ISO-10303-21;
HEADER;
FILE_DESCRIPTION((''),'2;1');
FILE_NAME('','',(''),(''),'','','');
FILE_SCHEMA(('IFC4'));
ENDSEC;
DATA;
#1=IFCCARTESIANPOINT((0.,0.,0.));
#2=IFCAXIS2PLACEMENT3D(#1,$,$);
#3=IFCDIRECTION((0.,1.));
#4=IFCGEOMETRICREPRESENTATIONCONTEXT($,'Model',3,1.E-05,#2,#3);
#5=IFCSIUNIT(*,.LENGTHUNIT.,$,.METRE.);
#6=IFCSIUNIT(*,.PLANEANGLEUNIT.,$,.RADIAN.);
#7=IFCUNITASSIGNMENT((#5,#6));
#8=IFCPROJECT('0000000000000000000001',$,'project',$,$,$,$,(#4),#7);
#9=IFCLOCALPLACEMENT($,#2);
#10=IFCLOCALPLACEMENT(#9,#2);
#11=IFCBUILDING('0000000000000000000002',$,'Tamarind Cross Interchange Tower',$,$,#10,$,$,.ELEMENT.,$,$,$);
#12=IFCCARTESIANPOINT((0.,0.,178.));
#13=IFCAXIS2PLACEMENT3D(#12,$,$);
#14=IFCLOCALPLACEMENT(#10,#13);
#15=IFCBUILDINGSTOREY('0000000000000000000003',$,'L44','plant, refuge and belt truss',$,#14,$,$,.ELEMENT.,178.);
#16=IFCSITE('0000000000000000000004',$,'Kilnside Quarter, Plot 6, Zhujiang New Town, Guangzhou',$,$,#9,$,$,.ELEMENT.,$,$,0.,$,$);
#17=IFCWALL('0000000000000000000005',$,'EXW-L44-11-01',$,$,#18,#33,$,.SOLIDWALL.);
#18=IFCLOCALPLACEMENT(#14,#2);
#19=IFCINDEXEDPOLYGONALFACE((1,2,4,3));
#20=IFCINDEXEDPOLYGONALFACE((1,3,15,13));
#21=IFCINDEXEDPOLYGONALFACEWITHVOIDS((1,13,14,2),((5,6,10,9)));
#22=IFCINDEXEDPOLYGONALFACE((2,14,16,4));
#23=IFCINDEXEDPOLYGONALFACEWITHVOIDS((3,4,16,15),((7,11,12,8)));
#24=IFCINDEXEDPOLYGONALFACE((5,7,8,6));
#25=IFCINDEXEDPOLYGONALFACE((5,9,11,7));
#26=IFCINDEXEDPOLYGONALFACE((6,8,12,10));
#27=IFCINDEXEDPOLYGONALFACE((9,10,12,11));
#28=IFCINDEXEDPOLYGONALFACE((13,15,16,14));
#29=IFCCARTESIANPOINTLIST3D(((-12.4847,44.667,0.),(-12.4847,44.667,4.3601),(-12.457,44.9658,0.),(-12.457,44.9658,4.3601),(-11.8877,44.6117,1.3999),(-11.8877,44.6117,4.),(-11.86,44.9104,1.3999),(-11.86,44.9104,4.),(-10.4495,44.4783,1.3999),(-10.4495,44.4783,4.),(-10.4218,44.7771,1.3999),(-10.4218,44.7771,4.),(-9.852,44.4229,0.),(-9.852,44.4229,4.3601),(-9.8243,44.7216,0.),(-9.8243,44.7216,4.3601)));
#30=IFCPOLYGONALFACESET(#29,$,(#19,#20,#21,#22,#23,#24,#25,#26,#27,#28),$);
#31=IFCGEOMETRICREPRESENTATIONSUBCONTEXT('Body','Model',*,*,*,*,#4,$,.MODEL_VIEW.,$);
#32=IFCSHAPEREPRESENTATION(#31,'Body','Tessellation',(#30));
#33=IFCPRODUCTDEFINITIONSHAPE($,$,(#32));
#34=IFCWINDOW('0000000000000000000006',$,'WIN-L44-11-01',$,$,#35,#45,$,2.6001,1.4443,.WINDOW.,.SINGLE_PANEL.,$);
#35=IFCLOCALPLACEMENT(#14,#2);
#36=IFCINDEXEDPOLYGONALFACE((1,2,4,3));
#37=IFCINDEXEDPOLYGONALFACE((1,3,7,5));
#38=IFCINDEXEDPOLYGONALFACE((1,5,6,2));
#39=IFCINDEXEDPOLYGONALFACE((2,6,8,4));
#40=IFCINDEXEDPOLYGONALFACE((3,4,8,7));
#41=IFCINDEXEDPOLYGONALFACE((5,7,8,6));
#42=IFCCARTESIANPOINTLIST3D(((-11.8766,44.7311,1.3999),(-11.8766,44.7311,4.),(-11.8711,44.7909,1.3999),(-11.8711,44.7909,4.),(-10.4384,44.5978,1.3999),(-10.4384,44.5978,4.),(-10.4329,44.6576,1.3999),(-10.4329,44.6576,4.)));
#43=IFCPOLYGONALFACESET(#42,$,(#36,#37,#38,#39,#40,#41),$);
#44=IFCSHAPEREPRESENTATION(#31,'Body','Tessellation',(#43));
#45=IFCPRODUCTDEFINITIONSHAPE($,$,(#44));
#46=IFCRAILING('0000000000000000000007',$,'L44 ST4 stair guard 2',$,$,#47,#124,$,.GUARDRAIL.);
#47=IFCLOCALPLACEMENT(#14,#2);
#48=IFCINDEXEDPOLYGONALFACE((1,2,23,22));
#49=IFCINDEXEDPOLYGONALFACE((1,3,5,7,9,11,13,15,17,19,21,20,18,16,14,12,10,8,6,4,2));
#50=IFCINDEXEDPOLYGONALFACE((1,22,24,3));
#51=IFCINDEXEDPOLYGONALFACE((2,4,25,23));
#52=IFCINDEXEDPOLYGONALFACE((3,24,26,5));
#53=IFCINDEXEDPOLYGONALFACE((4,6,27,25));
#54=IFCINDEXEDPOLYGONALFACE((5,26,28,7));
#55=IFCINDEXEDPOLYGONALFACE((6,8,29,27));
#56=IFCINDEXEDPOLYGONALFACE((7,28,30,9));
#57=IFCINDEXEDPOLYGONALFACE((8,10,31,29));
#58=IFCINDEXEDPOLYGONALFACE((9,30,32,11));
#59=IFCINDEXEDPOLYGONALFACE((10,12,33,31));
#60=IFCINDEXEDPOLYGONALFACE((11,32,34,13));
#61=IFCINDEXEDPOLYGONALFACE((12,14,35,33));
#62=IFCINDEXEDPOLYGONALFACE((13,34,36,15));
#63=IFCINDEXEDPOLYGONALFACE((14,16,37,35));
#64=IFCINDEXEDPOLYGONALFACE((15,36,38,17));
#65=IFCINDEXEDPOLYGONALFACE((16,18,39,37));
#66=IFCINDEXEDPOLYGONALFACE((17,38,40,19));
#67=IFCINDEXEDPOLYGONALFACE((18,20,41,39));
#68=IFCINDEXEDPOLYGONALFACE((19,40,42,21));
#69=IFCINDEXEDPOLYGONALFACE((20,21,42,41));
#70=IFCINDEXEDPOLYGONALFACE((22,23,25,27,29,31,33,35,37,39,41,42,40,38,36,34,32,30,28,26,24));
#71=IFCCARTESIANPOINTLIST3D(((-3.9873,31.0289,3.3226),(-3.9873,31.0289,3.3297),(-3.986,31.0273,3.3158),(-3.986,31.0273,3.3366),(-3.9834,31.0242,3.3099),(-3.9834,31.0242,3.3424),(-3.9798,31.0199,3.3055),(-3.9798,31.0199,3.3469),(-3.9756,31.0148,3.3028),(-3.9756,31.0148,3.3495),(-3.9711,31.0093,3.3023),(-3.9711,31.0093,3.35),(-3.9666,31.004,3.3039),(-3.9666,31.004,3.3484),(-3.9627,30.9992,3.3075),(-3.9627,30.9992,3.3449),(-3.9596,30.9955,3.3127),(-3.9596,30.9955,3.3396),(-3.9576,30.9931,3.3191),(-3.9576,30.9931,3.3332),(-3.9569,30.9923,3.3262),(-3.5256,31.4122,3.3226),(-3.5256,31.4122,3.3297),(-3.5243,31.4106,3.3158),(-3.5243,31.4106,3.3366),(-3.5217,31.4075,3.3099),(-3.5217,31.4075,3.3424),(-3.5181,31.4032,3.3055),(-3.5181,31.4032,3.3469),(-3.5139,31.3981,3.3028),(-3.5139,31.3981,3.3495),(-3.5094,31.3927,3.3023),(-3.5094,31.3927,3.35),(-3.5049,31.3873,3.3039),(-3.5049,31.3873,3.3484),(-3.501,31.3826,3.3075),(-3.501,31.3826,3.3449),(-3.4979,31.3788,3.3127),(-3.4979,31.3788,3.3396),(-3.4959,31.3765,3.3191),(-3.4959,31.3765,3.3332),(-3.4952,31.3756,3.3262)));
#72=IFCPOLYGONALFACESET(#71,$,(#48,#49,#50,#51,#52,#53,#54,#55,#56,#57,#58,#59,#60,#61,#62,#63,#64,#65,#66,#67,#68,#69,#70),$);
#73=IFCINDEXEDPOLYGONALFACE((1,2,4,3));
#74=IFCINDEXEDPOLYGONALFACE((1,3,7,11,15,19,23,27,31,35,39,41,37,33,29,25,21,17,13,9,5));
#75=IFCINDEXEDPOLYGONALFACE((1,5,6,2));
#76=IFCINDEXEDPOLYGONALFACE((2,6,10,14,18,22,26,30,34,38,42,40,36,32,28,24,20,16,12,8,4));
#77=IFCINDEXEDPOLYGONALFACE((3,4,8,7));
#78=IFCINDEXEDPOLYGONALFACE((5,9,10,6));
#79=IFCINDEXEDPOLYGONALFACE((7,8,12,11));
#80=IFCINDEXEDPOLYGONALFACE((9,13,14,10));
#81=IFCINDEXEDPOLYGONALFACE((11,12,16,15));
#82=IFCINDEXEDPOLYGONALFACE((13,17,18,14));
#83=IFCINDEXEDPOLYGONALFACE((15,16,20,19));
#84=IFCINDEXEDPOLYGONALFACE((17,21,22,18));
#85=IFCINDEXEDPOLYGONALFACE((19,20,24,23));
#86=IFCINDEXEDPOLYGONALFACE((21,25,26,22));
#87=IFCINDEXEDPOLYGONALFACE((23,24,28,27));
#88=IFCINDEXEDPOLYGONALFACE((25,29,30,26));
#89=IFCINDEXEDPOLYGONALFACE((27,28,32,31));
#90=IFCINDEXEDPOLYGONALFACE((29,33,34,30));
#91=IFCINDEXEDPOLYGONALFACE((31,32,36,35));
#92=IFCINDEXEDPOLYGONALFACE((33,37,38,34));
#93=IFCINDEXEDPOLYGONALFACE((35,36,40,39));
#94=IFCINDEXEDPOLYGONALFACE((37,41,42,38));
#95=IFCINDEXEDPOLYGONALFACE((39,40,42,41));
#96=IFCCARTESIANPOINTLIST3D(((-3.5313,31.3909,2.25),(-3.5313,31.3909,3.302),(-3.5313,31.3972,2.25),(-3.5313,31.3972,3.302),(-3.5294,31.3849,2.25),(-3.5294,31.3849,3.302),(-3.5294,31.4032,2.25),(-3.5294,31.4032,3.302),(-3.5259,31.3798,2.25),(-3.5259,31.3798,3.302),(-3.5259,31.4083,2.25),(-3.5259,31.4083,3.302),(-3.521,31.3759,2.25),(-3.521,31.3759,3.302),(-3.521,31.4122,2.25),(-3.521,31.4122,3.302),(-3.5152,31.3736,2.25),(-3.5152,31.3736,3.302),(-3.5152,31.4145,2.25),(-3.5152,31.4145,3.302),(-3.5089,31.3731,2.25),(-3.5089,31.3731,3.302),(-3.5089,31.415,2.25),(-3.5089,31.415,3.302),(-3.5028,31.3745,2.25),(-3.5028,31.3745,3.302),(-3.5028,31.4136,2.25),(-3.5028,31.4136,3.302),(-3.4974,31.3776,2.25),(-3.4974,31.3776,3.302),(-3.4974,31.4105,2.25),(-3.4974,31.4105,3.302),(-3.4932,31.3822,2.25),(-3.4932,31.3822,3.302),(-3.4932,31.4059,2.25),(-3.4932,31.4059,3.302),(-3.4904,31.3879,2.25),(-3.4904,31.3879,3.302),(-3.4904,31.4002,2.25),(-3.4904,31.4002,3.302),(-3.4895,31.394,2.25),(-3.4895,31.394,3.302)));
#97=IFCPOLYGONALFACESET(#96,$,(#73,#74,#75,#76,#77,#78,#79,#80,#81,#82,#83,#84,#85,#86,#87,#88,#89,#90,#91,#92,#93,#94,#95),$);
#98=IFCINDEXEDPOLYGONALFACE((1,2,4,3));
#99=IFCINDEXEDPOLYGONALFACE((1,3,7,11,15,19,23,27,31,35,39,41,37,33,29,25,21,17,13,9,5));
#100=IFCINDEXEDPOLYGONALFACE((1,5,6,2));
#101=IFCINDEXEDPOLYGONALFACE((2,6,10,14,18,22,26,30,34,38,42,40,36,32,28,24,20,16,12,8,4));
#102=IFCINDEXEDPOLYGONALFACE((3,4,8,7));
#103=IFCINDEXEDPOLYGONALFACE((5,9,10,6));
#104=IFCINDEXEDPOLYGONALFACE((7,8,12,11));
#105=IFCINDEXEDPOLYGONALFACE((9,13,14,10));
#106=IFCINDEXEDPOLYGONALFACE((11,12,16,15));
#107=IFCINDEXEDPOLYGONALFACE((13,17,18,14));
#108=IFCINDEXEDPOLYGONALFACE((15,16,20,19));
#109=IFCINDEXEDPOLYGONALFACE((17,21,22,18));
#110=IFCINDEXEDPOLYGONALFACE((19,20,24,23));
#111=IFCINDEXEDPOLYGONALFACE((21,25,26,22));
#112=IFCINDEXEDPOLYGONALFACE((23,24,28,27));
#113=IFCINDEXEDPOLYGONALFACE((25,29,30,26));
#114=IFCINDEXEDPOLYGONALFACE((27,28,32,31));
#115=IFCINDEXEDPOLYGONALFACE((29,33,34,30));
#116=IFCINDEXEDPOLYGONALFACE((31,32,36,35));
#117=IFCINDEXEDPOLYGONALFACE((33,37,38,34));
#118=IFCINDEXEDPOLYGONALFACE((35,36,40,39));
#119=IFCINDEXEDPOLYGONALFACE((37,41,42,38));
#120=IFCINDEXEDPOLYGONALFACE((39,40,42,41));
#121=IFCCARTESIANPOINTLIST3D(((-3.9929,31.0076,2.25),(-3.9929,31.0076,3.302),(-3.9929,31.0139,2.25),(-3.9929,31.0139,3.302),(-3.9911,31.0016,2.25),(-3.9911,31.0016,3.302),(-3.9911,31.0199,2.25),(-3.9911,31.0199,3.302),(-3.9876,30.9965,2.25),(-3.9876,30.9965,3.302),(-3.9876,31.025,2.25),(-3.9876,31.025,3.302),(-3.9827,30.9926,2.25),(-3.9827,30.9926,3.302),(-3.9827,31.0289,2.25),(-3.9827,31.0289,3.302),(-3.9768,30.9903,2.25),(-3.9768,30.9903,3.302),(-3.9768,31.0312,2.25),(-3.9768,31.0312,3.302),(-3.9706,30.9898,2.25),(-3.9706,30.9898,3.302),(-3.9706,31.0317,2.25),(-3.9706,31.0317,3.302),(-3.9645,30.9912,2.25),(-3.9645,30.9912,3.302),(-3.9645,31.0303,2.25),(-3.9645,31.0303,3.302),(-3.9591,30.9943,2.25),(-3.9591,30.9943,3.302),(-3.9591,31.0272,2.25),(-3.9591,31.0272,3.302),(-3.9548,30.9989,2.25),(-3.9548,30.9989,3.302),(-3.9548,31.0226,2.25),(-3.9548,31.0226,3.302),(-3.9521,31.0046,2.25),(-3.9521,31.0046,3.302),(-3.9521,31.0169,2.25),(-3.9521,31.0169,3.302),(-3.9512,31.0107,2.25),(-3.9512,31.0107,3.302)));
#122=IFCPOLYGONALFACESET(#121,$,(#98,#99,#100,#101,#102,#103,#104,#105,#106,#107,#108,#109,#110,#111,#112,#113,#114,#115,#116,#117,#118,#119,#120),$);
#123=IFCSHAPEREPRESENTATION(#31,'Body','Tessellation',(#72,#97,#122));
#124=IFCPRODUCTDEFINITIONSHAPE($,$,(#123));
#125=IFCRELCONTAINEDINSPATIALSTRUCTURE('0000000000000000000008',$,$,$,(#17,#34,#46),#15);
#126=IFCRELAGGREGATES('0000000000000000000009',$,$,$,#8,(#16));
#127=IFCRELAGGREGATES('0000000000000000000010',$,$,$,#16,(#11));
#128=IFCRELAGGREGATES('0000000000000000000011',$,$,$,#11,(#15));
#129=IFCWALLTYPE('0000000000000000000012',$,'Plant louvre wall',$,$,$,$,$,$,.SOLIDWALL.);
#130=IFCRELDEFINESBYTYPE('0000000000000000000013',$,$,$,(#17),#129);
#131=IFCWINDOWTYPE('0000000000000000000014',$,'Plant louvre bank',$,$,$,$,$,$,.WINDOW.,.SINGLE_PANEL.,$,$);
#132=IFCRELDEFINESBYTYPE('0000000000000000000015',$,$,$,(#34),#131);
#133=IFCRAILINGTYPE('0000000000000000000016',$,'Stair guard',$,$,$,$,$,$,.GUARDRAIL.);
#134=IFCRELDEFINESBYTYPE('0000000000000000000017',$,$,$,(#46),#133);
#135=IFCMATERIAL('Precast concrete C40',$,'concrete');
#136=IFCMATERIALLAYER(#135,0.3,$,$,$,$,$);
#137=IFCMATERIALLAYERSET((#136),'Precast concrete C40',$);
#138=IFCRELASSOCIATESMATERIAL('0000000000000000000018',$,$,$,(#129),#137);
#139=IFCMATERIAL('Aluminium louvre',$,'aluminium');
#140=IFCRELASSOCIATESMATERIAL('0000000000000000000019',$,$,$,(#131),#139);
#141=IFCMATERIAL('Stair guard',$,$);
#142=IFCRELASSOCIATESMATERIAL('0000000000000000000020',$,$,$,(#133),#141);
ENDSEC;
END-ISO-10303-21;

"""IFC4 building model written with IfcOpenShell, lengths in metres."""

from ifc_helpers import new_model, si_unit, direction, frame, frame_2d, origin, origin_2d, place, context, subcontext, project, spatial, rectangle, circle, extrude, material, layer, layer_set, type_object, element, fill, save


model = new_model("IFC4")

# Units and contexts
model_context = context("Model", 3, precision=1e-05, world=origin(), true_north=direction((0.0, 1.0)))
body_context = subcontext(model_context, "Body", "Model", "MODEL_VIEW")
ifc_project = project(units=[si_unit("LENGTHUNIT", "METRE"), si_unit("PLANEANGLEUNIT", "RADIAN")], contexts=[model_context])

# Site, building, storey
site_placement = place(None, origin())
site = spatial("IfcSite", under=ifc_project, at=site_placement, Name="Kilnside Quarter, Plot 6, Zhujiang New Town, Guangzhou", CompositionType="ELEMENT", RefElevation=0.0)
building_placement = place(site_placement, origin())
building = spatial("IfcBuilding", under=site, at=building_placement, Name="Tamarind Cross Interchange Tower", CompositionType="ELEMENT")
storey_placement = place(building_placement, frame((0.0, 0.0, 178.0)))
storey = spatial("IfcBuildingStorey", under=building, at=storey_placement, Name="L44", Description="plant, refuge and belt truss", CompositionType="ELEMENT", Elevation=178.0)

# Wall, opening, window
ifc_material_1 = material(Name="Precast concrete C40", Category="concrete")
ifc_layer_1 = layer(ifc_material_1, 0.3)
ifc_layer_set_1 = layer_set([ifc_layer_1], Name="Precast concrete C40")
wall_type_1 = type_object("IfcWallType", Name="Plant louvre wall", PredefinedType="SOLIDWALL", material=ifc_layer_set_1)
wall_1_placement = place(storey_placement, frame((-9.8381, 44.5723, 0.0), z_axis=(0.0, 0.0, 1.0), x_axis=(-0.995728, 0.092334, 0.0)))
wall_1 = element("IfcWall", 1, at=wall_1_placement, inside=storey, type_object=wall_type_1, Name="EXW-L44-11-01", PredefinedType="SOLIDWALL", context=body_context, shape_type="SweptSolid", body=[
    extrude(rectangle(XDim=2.644, YDim=0.3, at=frame_2d((1.322, 0.0))), origin(), (0.0, 0.0, 1.0), 4.3601),
])
opening_1_placement = place(wall_1_placement, frame((0.6001, 0.0, 1.3999)))
opening_1 = element("IfcOpeningElement", 2, at=opening_1_placement, cuts=wall_1, PredefinedType="OPENING", context=body_context, shape_type="SweptSolid", body=[
    extrude(rectangle(XDim=1.4443, YDim=2.6001, at=frame_2d((0.7222, 1.3))), frame((0.0, 0.1599, 0.0), z_axis=(0.0, -1.0, 0.0), x_axis=(1.0, 0.0, 0.0)), (0.0, 0.0, 1.0), 0.3201),
])
ifc_material_2 = material(Name="Aluminium louvre", Category="aluminium")
window_type = type_object("IfcWindowType", Name="Plant louvre bank", PartitioningType="SINGLE_PANEL", PredefinedType="WINDOW", material=ifc_material_2)
window_placement = place(opening_1_placement, origin())
window = element("IfcWindow", 3, at=window_placement, inside=storey, type_object=window_type, Name="WIN-L44-11-01", OverallHeight=2.6001, OverallWidth=1.4443, PartitioningType="SINGLE_PANEL", PredefinedType="WINDOW", context=body_context, shape_type="SweptSolid", body=[
    extrude(rectangle(XDim=1.4443, YDim=2.6001, at=frame_2d((0.7222, 1.3))), frame((0.0, 0.03, 0.0), z_axis=(0.0, -1.0, 0.0), x_axis=(1.0, 0.0, 0.0)), (0.0, 0.0, 1.0), 0.0601),
])
fill(opening_1, window)

# Railing
ifc_material_3 = material(Name="Stair guard")
railing_type = type_object("IfcRailingType", Name="Stair guard", PredefinedType="GUARDRAIL", material=ifc_material_3)
railing_1_placement = place(storey_placement, frame((-3.5105, 31.394, 2.25)))
element("IfcRailing", 4, at=railing_1_placement, inside=storey, type_object=railing_type, Name="L44 ST4 stair guard 2", PredefinedType="GUARDRAIL", context=body_context, shape_type="SweptSolid", body=[
    extrude(circle(Radius=0.0239, at=origin_2d()), frame((0.0, 0.0, 1.0762), z_axis=(-0.769387, -0.638783, 0.0), x_axis=(0.638783, -0.769387, 0.0)), (0.0, 0.0, 1.0), 0.6001),
    extrude(circle(Radius=0.021, at=origin_2d()), origin(), (0.0, 0.0, 1.0), 1.052),
    extrude(circle(Radius=0.021, at=origin_2d()), frame((-0.4617, -0.3833, 0.0)), (0.0, 0.0, 1.0), 1.052),
])

save(model, "model.ifc")
